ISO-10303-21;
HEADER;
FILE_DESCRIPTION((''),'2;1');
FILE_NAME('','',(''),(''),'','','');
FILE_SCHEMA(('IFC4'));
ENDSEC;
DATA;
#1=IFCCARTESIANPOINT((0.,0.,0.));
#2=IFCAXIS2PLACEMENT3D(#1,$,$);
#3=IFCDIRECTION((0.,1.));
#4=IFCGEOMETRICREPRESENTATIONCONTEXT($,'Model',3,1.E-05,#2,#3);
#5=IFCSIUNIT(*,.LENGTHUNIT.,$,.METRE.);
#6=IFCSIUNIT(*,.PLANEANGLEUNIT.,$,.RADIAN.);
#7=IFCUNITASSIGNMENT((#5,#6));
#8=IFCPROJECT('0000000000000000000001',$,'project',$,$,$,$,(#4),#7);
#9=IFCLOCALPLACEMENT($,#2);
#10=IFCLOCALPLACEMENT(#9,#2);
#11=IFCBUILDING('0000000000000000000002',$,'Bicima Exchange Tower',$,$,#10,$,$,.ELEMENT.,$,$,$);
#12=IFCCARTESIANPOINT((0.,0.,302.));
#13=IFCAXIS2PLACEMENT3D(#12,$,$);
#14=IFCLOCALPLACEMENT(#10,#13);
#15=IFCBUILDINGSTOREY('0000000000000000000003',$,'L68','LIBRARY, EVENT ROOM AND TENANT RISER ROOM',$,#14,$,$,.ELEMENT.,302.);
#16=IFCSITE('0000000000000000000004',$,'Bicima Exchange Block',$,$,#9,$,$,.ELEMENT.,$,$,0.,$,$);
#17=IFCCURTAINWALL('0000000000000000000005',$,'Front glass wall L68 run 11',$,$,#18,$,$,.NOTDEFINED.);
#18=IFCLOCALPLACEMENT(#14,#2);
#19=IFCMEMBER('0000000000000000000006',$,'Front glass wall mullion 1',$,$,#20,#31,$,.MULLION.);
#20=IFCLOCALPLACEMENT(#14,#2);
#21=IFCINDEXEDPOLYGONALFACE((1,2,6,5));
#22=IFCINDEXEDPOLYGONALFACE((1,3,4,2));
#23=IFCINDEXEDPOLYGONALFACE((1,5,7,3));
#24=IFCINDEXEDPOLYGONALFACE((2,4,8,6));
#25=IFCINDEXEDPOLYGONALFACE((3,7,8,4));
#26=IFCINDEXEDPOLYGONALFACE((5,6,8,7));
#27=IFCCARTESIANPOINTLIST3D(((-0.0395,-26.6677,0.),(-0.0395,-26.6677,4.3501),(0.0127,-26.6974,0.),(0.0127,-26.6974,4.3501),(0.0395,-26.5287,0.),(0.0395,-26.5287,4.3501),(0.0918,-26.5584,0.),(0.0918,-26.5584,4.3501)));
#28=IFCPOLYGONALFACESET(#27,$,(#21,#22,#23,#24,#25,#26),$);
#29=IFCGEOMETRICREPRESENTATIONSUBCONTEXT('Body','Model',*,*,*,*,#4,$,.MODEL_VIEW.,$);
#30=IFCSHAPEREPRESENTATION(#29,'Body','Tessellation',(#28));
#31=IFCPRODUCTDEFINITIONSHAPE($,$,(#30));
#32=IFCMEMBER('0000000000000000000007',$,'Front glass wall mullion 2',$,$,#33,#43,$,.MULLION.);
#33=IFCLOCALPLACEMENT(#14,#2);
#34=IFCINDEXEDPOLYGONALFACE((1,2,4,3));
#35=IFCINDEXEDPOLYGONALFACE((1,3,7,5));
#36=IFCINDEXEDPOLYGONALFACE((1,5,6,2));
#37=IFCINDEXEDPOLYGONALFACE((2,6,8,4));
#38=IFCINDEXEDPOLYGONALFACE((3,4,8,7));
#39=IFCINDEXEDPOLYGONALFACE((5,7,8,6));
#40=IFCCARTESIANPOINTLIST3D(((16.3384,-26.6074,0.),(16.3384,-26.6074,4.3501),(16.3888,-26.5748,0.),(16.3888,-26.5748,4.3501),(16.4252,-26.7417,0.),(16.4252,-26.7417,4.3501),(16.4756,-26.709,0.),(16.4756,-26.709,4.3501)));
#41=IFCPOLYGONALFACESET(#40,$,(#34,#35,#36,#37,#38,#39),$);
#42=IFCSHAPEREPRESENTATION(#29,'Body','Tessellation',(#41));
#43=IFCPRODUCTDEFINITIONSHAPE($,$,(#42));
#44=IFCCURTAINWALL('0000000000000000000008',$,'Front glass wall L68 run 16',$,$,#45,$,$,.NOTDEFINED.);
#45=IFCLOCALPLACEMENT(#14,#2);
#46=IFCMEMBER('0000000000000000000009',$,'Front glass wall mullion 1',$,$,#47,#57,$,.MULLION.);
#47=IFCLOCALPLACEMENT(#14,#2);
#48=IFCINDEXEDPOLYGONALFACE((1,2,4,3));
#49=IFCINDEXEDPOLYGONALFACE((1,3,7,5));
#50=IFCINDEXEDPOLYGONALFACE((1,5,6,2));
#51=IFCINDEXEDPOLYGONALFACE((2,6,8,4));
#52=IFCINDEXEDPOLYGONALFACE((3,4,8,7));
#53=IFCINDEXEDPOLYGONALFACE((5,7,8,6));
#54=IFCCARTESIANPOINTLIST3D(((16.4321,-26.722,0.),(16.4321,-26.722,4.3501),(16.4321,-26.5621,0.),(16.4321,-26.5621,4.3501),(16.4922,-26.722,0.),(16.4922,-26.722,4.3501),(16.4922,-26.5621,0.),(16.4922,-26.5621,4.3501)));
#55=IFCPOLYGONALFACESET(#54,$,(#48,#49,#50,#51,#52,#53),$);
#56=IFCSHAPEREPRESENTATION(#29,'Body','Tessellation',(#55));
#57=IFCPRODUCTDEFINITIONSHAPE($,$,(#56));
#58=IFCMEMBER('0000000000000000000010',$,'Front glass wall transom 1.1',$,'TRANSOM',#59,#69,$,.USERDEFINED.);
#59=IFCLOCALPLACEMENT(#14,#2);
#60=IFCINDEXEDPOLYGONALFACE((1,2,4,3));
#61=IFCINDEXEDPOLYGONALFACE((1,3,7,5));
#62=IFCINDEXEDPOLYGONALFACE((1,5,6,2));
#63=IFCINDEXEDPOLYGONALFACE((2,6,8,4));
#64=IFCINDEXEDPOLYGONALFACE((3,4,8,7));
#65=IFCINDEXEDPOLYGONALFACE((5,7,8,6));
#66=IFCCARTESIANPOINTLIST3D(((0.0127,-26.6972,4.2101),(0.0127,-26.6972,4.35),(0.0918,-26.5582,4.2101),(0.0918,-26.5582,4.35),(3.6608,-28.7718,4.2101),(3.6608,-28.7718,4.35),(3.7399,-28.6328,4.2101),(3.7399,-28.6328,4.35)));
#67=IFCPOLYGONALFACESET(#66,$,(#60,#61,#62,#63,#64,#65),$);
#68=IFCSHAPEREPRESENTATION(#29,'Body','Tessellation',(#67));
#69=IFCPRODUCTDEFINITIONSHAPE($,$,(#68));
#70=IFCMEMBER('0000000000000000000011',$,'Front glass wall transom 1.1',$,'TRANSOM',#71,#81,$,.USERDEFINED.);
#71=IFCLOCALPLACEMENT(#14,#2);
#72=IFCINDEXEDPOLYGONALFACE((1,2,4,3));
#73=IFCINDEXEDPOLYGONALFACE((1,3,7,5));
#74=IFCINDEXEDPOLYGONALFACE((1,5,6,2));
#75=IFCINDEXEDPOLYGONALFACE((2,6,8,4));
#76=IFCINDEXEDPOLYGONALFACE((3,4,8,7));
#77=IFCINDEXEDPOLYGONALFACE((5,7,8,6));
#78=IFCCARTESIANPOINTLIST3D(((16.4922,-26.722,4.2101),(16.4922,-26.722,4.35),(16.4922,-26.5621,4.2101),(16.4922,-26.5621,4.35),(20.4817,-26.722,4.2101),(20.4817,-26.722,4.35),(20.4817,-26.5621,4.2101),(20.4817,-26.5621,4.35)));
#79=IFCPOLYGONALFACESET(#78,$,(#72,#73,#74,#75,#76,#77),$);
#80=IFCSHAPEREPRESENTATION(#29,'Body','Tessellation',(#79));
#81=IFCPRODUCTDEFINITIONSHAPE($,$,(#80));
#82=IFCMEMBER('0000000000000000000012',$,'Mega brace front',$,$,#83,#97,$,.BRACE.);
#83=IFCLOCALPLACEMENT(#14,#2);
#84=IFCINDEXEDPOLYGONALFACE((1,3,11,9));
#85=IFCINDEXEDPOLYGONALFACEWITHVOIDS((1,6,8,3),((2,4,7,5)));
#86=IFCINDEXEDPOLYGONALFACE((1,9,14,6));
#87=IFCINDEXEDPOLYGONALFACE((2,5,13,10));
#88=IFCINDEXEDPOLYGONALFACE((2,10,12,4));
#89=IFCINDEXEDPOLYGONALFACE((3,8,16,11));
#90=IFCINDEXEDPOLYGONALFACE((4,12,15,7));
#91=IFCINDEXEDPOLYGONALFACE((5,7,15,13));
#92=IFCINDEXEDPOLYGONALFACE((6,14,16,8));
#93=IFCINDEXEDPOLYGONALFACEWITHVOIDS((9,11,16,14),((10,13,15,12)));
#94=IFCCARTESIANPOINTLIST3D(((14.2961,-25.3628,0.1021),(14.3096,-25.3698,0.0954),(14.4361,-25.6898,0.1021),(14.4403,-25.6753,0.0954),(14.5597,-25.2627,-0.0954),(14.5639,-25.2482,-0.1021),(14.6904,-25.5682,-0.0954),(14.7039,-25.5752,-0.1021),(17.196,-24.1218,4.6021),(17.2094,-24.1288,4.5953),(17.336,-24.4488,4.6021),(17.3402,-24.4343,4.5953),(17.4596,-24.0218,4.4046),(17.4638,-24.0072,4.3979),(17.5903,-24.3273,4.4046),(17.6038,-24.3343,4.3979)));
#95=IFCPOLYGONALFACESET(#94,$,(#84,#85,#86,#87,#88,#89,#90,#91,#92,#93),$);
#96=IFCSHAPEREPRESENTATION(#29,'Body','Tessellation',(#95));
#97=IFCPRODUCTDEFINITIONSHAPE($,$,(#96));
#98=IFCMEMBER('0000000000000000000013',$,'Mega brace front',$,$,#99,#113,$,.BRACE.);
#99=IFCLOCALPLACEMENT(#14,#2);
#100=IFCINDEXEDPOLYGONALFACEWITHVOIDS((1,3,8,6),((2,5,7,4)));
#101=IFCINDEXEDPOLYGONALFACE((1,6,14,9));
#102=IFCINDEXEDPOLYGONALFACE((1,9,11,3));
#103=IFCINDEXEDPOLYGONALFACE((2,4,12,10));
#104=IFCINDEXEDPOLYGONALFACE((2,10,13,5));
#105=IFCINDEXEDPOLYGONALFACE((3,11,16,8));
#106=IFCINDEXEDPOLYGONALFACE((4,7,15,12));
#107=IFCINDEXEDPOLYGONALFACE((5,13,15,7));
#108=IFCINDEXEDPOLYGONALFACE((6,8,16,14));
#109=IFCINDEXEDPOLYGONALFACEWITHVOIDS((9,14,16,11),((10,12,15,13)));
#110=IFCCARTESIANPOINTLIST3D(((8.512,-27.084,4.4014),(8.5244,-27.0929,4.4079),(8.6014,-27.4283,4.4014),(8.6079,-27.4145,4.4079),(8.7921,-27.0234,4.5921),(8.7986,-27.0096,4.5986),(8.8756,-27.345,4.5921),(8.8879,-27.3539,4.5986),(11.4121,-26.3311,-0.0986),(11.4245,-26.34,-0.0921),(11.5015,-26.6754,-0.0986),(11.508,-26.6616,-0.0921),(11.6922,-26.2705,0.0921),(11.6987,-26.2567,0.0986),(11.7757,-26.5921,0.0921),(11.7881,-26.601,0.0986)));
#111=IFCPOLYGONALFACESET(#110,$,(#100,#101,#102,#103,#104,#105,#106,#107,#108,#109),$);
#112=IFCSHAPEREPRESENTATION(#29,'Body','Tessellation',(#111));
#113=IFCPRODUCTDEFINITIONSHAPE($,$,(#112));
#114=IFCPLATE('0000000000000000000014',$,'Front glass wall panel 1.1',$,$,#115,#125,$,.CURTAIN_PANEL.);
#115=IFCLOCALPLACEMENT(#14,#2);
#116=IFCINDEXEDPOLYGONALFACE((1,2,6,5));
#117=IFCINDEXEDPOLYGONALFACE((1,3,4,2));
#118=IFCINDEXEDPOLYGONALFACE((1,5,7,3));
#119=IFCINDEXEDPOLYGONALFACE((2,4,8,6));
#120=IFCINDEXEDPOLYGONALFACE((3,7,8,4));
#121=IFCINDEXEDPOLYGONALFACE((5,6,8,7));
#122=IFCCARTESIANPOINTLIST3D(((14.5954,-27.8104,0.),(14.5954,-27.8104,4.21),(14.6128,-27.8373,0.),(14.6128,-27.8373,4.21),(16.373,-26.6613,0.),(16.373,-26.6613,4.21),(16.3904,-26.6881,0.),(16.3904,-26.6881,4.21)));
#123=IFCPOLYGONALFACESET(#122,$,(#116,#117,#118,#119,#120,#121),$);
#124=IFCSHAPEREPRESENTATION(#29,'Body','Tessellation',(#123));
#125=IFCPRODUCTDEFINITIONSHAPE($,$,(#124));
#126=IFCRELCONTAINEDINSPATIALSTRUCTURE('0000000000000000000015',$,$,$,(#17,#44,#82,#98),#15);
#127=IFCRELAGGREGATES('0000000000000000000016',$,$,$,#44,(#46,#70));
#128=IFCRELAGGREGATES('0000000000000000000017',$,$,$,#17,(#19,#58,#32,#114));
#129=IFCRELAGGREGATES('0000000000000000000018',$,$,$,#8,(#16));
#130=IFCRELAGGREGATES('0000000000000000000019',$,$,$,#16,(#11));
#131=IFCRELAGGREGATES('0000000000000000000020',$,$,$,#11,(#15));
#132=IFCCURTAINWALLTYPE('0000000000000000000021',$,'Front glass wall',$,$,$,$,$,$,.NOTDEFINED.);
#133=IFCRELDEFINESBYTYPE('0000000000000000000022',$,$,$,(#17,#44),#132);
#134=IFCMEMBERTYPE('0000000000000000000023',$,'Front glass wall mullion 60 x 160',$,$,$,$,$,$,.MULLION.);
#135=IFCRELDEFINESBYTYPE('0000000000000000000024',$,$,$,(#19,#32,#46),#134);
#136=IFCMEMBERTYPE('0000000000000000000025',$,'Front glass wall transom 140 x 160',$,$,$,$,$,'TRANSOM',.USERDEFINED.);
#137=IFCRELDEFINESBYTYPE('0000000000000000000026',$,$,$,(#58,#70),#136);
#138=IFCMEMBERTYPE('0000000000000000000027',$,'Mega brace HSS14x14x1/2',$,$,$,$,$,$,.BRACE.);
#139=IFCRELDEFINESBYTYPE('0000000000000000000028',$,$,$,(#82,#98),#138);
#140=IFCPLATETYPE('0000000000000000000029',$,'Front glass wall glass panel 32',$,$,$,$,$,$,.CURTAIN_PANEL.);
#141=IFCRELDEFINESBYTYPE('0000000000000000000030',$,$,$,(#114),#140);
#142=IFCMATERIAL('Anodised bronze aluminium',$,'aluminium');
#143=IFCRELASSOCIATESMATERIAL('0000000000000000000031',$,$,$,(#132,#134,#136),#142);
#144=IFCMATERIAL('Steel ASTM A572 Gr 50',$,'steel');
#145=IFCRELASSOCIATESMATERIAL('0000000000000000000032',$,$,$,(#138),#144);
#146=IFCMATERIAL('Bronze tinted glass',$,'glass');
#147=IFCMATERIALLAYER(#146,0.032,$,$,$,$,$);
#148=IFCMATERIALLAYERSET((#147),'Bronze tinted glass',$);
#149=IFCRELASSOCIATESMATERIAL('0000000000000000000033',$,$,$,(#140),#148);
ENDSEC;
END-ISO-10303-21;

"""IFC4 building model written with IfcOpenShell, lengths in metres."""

from ifc_helpers import new_model, si_unit, direction, frame, origin, origin_2d, place, context, subcontext, project, spatial, rectangle, hollow_rectangle, extrude, material, layer, layer_set, material_profile, profile_set, type_object, element, aggregate, save


model = new_model("IFC4")

# Units and contexts
model_context = context("Model", 3, precision=1e-05, world=origin(), true_north=direction((0.0, 1.0)))
body_context = subcontext(model_context, "Body", "Model", "MODEL_VIEW")
ifc_project = project(units=[si_unit("LENGTHUNIT", "METRE"), si_unit("PLANEANGLEUNIT", "RADIAN")], contexts=[model_context])

# Site, building, storey
site_placement = place(None, origin())
site = spatial("IfcSite", under=ifc_project, at=site_placement, Name="Bicima Exchange Block", CompositionType="ELEMENT", RefElevation=0.0)
building_placement = place(site_placement, origin())
building = spatial("IfcBuilding", under=site, at=building_placement, Name="Bicima Exchange Tower", CompositionType="ELEMENT")
storey_placement = place(building_placement, frame((0.0, 0.0, 302.0)))
storey = spatial("IfcBuildingStorey", under=building, at=storey_placement, Name="L68", Description="LIBRARY, EVENT ROOM AND TENANT RISER ROOM", CompositionType="ELEMENT", Elevation=302.0)

# Curtain wall, members
ifc_material_1 = material(Name="Anodised bronze aluminium", Category="aluminium")
curtain_wall_type = type_object("IfcCurtainWallType", Name="Front glass wall", PredefinedType="NOTDEFINED", material=ifc_material_1)
curtain_wall_1_placement = place(storey_placement, origin())
curtain_wall_1 = element("IfcCurtainWall", 1, at=curtain_wall_1_placement, inside=storey, type_object=curtain_wall_type, Name="Front glass wall L68 run 11", PredefinedType="NOTDEFINED")
ifc_material_profile_1 = material_profile(ifc_material_1, rectangle(XDim=0.1599, YDim=0.0601, at=origin_2d()))
ifc_profile_set_1 = profile_set([ifc_material_profile_1], Name="Anodised bronze aluminium")
member_type_1 = type_object("IfcMemberType", Name="Front glass wall mullion 60 x 160", PredefinedType="MULLION", material=ifc_profile_set_1)
member_1_placement = place(storey_placement, frame((0.0261, -26.613, 0.0), z_axis=(0.0, 0.0, 1.0), x_axis=(0.49433, 0.869274, 0.0)))
member_1 = element("IfcMember", 2, at=member_1_placement, type_object=member_type_1, Name="Front glass wall mullion 1", PredefinedType="MULLION", context=body_context, shape_type="SweptSolid", body=[
    extrude(rectangle(XDim=0.1599, YDim=0.0601, at=origin_2d()), origin(), (0.0, 0.0, 1.0), 4.3501),
])
member_2_placement = place(storey_placement, frame((16.407, -26.6582, 0.0), z_axis=(0.0, 0.0, 1.0), x_axis=(-0.542909, 0.839791, 0.0)))
member_2 = element("IfcMember", 3, at=member_2_placement, type_object=member_type_1, Name="Front glass wall mullion 2", PredefinedType="MULLION", context=body_context, shape_type="SweptSolid", body=[
    extrude(rectangle(XDim=0.1599, YDim=0.0601, at=origin_2d()), origin(), (0.0, 0.0, 1.0), 4.3501),
])

# Curtain wall, member
curtain_wall_2_placement = place(storey_placement, origin())
curtain_wall_2 = element("IfcCurtainWall", 4, at=curtain_wall_2_placement, inside=storey, type_object=curtain_wall_type, Name="Front glass wall L68 run 16", PredefinedType="NOTDEFINED")
member_3_placement = place(storey_placement, frame((16.4622, -26.6421, 0.0), z_axis=(0.0, 0.0, 1.0), x_axis=(0.0, 1.0, 0.0)))
member_3 = element("IfcMember", 5, at=member_3_placement, type_object=member_type_1, Name="Front glass wall mullion 1", PredefinedType="MULLION", context=body_context, shape_type="SweptSolid", body=[
    extrude(rectangle(XDim=0.1599, YDim=0.0601, at=origin_2d()), origin(), (0.0, 0.0, 1.0), 4.3501),
])

# Members
ifc_material_profile_2 = material_profile(ifc_material_1, rectangle(XDim=0.1599, YDim=0.1399, at=origin_2d()))
ifc_profile_set_2 = profile_set([ifc_material_profile_2], Name="Anodised bronze aluminium")
member_type_2 = type_object("IfcMemberType", Name="Front glass wall transom 140 x 160", ElementType="TRANSOM", PredefinedType="USERDEFINED", material=ifc_profile_set_2)
member_4_placement = place(storey_placement, frame((0.0522, -26.6277, 4.28), z_axis=(0.869265, -0.494346, 0.0), x_axis=(0.494346, 0.869265, 0.0)))
member_4 = element("IfcMember", 6, at=member_4_placement, type_object=member_type_2, Name="Front glass wall transom 1.1", ObjectType="TRANSOM", PredefinedType="USERDEFINED", context=body_context, shape_type="SweptSolid", body=[
    extrude(rectangle(XDim=0.1599, YDim=0.1399, at=origin_2d()), origin(), (0.0, 0.0, 1.0), 4.1968),
])
member_5_placement = place(storey_placement, frame((16.4922, -26.6421, 4.28), z_axis=(1.0, 0.0, 0.0), x_axis=(0.0, 1.0, 0.0)))
member_5 = element("IfcMember", 7, at=member_5_placement, type_object=member_type_2, Name="Front glass wall transom 1.1", ObjectType="TRANSOM", PredefinedType="USERDEFINED", context=body_context, shape_type="SweptSolid", body=[
    extrude(rectangle(XDim=0.1599, YDim=0.1399, at=origin_2d()), origin(), (0.0, 0.0, 1.0), 3.9895),
])
aggregate(curtain_wall_2, [member_3, member_5])

# Members
ifc_material_2 = material(Name="Steel ASTM A572 Gr 50", Category="steel")
ifc_material_profile_3 = material_profile(ifc_material_2, hollow_rectangle(XDim=0.3557, YDim=0.3557, WallThickness=0.0117, at=origin_2d()))
ifc_profile_set_3 = profile_set([ifc_material_profile_3], Name="Steel ASTM A572 Gr 50")
member_type_3 = type_object("IfcMemberType", Name="Mega brace HSS14x14x1/2", PredefinedType="BRACE", material=ifc_profile_set_3)
member_6_placement = place(storey_placement, frame((14.5, -25.469, 0.0), z_axis=(0.527696, 0.225819, 0.818867), x_axis=(-0.393424, 0.919357, 0.0)))
element("IfcMember", 8, at=member_6_placement, inside=storey, type_object=member_type_3, Name="Mega brace front", PredefinedType="BRACE", context=body_context, shape_type="SweptSolid", body=[
    extrude(hollow_rectangle(XDim=0.3557, YDim=0.3557, WallThickness=0.0117, at=origin_2d()), origin(), (0.0, 0.0, 1.0), 5.4954),
])
member_7_placement = place(storey_placement, frame((11.6001, -26.4661, 0.0), z_axis=(-0.536441, -0.13927, 0.832367), x_axis=(0.251287, -0.967913, 0.0)))
element("IfcMember", 9, at=member_7_placement, inside=storey, type_object=member_type_3, Name="Mega brace front", PredefinedType="BRACE", context=body_context, shape_type="SweptSolid", body=[
    extrude(hollow_rectangle(XDim=0.3557, YDim=0.3557, WallThickness=0.0117, at=origin_2d()), origin(), (0.0, 0.0, 1.0), 5.4062),
])

# Plate
ifc_material_3 = material(Name="Bronze tinted glass", Category="glass")
ifc_layer_1 = layer(ifc_material_3, 0.032)
ifc_layer_set_1 = layer_set([ifc_layer_1], Name="Bronze tinted glass")
plate_type = type_object("IfcPlateType", Name="Front glass wall glass panel 32", PredefinedType="CURTAIN_PANEL", material=ifc_layer_set_1)
plate_placement = place(storey_placement, frame((15.4929, -27.2493, 0.0), z_axis=(0.0, 0.0, 1.0), x_axis=(0.839791, 0.542909, 0.0)))
plate = element("IfcPlate", 10, at=plate_placement, type_object=plate_type, Name="Front glass wall panel 1.1", PredefinedType="CURTAIN_PANEL", context=body_context, shape_type="SweptSolid", body=[
    extrude(rectangle(XDim=2.1167, YDim=0.032, at=origin_2d()), origin(), (0.0, 0.0, 1.0), 4.21),
])
aggregate(curtain_wall_1, [member_1, member_4, member_2, plate])

save(model, "model.ifc")
